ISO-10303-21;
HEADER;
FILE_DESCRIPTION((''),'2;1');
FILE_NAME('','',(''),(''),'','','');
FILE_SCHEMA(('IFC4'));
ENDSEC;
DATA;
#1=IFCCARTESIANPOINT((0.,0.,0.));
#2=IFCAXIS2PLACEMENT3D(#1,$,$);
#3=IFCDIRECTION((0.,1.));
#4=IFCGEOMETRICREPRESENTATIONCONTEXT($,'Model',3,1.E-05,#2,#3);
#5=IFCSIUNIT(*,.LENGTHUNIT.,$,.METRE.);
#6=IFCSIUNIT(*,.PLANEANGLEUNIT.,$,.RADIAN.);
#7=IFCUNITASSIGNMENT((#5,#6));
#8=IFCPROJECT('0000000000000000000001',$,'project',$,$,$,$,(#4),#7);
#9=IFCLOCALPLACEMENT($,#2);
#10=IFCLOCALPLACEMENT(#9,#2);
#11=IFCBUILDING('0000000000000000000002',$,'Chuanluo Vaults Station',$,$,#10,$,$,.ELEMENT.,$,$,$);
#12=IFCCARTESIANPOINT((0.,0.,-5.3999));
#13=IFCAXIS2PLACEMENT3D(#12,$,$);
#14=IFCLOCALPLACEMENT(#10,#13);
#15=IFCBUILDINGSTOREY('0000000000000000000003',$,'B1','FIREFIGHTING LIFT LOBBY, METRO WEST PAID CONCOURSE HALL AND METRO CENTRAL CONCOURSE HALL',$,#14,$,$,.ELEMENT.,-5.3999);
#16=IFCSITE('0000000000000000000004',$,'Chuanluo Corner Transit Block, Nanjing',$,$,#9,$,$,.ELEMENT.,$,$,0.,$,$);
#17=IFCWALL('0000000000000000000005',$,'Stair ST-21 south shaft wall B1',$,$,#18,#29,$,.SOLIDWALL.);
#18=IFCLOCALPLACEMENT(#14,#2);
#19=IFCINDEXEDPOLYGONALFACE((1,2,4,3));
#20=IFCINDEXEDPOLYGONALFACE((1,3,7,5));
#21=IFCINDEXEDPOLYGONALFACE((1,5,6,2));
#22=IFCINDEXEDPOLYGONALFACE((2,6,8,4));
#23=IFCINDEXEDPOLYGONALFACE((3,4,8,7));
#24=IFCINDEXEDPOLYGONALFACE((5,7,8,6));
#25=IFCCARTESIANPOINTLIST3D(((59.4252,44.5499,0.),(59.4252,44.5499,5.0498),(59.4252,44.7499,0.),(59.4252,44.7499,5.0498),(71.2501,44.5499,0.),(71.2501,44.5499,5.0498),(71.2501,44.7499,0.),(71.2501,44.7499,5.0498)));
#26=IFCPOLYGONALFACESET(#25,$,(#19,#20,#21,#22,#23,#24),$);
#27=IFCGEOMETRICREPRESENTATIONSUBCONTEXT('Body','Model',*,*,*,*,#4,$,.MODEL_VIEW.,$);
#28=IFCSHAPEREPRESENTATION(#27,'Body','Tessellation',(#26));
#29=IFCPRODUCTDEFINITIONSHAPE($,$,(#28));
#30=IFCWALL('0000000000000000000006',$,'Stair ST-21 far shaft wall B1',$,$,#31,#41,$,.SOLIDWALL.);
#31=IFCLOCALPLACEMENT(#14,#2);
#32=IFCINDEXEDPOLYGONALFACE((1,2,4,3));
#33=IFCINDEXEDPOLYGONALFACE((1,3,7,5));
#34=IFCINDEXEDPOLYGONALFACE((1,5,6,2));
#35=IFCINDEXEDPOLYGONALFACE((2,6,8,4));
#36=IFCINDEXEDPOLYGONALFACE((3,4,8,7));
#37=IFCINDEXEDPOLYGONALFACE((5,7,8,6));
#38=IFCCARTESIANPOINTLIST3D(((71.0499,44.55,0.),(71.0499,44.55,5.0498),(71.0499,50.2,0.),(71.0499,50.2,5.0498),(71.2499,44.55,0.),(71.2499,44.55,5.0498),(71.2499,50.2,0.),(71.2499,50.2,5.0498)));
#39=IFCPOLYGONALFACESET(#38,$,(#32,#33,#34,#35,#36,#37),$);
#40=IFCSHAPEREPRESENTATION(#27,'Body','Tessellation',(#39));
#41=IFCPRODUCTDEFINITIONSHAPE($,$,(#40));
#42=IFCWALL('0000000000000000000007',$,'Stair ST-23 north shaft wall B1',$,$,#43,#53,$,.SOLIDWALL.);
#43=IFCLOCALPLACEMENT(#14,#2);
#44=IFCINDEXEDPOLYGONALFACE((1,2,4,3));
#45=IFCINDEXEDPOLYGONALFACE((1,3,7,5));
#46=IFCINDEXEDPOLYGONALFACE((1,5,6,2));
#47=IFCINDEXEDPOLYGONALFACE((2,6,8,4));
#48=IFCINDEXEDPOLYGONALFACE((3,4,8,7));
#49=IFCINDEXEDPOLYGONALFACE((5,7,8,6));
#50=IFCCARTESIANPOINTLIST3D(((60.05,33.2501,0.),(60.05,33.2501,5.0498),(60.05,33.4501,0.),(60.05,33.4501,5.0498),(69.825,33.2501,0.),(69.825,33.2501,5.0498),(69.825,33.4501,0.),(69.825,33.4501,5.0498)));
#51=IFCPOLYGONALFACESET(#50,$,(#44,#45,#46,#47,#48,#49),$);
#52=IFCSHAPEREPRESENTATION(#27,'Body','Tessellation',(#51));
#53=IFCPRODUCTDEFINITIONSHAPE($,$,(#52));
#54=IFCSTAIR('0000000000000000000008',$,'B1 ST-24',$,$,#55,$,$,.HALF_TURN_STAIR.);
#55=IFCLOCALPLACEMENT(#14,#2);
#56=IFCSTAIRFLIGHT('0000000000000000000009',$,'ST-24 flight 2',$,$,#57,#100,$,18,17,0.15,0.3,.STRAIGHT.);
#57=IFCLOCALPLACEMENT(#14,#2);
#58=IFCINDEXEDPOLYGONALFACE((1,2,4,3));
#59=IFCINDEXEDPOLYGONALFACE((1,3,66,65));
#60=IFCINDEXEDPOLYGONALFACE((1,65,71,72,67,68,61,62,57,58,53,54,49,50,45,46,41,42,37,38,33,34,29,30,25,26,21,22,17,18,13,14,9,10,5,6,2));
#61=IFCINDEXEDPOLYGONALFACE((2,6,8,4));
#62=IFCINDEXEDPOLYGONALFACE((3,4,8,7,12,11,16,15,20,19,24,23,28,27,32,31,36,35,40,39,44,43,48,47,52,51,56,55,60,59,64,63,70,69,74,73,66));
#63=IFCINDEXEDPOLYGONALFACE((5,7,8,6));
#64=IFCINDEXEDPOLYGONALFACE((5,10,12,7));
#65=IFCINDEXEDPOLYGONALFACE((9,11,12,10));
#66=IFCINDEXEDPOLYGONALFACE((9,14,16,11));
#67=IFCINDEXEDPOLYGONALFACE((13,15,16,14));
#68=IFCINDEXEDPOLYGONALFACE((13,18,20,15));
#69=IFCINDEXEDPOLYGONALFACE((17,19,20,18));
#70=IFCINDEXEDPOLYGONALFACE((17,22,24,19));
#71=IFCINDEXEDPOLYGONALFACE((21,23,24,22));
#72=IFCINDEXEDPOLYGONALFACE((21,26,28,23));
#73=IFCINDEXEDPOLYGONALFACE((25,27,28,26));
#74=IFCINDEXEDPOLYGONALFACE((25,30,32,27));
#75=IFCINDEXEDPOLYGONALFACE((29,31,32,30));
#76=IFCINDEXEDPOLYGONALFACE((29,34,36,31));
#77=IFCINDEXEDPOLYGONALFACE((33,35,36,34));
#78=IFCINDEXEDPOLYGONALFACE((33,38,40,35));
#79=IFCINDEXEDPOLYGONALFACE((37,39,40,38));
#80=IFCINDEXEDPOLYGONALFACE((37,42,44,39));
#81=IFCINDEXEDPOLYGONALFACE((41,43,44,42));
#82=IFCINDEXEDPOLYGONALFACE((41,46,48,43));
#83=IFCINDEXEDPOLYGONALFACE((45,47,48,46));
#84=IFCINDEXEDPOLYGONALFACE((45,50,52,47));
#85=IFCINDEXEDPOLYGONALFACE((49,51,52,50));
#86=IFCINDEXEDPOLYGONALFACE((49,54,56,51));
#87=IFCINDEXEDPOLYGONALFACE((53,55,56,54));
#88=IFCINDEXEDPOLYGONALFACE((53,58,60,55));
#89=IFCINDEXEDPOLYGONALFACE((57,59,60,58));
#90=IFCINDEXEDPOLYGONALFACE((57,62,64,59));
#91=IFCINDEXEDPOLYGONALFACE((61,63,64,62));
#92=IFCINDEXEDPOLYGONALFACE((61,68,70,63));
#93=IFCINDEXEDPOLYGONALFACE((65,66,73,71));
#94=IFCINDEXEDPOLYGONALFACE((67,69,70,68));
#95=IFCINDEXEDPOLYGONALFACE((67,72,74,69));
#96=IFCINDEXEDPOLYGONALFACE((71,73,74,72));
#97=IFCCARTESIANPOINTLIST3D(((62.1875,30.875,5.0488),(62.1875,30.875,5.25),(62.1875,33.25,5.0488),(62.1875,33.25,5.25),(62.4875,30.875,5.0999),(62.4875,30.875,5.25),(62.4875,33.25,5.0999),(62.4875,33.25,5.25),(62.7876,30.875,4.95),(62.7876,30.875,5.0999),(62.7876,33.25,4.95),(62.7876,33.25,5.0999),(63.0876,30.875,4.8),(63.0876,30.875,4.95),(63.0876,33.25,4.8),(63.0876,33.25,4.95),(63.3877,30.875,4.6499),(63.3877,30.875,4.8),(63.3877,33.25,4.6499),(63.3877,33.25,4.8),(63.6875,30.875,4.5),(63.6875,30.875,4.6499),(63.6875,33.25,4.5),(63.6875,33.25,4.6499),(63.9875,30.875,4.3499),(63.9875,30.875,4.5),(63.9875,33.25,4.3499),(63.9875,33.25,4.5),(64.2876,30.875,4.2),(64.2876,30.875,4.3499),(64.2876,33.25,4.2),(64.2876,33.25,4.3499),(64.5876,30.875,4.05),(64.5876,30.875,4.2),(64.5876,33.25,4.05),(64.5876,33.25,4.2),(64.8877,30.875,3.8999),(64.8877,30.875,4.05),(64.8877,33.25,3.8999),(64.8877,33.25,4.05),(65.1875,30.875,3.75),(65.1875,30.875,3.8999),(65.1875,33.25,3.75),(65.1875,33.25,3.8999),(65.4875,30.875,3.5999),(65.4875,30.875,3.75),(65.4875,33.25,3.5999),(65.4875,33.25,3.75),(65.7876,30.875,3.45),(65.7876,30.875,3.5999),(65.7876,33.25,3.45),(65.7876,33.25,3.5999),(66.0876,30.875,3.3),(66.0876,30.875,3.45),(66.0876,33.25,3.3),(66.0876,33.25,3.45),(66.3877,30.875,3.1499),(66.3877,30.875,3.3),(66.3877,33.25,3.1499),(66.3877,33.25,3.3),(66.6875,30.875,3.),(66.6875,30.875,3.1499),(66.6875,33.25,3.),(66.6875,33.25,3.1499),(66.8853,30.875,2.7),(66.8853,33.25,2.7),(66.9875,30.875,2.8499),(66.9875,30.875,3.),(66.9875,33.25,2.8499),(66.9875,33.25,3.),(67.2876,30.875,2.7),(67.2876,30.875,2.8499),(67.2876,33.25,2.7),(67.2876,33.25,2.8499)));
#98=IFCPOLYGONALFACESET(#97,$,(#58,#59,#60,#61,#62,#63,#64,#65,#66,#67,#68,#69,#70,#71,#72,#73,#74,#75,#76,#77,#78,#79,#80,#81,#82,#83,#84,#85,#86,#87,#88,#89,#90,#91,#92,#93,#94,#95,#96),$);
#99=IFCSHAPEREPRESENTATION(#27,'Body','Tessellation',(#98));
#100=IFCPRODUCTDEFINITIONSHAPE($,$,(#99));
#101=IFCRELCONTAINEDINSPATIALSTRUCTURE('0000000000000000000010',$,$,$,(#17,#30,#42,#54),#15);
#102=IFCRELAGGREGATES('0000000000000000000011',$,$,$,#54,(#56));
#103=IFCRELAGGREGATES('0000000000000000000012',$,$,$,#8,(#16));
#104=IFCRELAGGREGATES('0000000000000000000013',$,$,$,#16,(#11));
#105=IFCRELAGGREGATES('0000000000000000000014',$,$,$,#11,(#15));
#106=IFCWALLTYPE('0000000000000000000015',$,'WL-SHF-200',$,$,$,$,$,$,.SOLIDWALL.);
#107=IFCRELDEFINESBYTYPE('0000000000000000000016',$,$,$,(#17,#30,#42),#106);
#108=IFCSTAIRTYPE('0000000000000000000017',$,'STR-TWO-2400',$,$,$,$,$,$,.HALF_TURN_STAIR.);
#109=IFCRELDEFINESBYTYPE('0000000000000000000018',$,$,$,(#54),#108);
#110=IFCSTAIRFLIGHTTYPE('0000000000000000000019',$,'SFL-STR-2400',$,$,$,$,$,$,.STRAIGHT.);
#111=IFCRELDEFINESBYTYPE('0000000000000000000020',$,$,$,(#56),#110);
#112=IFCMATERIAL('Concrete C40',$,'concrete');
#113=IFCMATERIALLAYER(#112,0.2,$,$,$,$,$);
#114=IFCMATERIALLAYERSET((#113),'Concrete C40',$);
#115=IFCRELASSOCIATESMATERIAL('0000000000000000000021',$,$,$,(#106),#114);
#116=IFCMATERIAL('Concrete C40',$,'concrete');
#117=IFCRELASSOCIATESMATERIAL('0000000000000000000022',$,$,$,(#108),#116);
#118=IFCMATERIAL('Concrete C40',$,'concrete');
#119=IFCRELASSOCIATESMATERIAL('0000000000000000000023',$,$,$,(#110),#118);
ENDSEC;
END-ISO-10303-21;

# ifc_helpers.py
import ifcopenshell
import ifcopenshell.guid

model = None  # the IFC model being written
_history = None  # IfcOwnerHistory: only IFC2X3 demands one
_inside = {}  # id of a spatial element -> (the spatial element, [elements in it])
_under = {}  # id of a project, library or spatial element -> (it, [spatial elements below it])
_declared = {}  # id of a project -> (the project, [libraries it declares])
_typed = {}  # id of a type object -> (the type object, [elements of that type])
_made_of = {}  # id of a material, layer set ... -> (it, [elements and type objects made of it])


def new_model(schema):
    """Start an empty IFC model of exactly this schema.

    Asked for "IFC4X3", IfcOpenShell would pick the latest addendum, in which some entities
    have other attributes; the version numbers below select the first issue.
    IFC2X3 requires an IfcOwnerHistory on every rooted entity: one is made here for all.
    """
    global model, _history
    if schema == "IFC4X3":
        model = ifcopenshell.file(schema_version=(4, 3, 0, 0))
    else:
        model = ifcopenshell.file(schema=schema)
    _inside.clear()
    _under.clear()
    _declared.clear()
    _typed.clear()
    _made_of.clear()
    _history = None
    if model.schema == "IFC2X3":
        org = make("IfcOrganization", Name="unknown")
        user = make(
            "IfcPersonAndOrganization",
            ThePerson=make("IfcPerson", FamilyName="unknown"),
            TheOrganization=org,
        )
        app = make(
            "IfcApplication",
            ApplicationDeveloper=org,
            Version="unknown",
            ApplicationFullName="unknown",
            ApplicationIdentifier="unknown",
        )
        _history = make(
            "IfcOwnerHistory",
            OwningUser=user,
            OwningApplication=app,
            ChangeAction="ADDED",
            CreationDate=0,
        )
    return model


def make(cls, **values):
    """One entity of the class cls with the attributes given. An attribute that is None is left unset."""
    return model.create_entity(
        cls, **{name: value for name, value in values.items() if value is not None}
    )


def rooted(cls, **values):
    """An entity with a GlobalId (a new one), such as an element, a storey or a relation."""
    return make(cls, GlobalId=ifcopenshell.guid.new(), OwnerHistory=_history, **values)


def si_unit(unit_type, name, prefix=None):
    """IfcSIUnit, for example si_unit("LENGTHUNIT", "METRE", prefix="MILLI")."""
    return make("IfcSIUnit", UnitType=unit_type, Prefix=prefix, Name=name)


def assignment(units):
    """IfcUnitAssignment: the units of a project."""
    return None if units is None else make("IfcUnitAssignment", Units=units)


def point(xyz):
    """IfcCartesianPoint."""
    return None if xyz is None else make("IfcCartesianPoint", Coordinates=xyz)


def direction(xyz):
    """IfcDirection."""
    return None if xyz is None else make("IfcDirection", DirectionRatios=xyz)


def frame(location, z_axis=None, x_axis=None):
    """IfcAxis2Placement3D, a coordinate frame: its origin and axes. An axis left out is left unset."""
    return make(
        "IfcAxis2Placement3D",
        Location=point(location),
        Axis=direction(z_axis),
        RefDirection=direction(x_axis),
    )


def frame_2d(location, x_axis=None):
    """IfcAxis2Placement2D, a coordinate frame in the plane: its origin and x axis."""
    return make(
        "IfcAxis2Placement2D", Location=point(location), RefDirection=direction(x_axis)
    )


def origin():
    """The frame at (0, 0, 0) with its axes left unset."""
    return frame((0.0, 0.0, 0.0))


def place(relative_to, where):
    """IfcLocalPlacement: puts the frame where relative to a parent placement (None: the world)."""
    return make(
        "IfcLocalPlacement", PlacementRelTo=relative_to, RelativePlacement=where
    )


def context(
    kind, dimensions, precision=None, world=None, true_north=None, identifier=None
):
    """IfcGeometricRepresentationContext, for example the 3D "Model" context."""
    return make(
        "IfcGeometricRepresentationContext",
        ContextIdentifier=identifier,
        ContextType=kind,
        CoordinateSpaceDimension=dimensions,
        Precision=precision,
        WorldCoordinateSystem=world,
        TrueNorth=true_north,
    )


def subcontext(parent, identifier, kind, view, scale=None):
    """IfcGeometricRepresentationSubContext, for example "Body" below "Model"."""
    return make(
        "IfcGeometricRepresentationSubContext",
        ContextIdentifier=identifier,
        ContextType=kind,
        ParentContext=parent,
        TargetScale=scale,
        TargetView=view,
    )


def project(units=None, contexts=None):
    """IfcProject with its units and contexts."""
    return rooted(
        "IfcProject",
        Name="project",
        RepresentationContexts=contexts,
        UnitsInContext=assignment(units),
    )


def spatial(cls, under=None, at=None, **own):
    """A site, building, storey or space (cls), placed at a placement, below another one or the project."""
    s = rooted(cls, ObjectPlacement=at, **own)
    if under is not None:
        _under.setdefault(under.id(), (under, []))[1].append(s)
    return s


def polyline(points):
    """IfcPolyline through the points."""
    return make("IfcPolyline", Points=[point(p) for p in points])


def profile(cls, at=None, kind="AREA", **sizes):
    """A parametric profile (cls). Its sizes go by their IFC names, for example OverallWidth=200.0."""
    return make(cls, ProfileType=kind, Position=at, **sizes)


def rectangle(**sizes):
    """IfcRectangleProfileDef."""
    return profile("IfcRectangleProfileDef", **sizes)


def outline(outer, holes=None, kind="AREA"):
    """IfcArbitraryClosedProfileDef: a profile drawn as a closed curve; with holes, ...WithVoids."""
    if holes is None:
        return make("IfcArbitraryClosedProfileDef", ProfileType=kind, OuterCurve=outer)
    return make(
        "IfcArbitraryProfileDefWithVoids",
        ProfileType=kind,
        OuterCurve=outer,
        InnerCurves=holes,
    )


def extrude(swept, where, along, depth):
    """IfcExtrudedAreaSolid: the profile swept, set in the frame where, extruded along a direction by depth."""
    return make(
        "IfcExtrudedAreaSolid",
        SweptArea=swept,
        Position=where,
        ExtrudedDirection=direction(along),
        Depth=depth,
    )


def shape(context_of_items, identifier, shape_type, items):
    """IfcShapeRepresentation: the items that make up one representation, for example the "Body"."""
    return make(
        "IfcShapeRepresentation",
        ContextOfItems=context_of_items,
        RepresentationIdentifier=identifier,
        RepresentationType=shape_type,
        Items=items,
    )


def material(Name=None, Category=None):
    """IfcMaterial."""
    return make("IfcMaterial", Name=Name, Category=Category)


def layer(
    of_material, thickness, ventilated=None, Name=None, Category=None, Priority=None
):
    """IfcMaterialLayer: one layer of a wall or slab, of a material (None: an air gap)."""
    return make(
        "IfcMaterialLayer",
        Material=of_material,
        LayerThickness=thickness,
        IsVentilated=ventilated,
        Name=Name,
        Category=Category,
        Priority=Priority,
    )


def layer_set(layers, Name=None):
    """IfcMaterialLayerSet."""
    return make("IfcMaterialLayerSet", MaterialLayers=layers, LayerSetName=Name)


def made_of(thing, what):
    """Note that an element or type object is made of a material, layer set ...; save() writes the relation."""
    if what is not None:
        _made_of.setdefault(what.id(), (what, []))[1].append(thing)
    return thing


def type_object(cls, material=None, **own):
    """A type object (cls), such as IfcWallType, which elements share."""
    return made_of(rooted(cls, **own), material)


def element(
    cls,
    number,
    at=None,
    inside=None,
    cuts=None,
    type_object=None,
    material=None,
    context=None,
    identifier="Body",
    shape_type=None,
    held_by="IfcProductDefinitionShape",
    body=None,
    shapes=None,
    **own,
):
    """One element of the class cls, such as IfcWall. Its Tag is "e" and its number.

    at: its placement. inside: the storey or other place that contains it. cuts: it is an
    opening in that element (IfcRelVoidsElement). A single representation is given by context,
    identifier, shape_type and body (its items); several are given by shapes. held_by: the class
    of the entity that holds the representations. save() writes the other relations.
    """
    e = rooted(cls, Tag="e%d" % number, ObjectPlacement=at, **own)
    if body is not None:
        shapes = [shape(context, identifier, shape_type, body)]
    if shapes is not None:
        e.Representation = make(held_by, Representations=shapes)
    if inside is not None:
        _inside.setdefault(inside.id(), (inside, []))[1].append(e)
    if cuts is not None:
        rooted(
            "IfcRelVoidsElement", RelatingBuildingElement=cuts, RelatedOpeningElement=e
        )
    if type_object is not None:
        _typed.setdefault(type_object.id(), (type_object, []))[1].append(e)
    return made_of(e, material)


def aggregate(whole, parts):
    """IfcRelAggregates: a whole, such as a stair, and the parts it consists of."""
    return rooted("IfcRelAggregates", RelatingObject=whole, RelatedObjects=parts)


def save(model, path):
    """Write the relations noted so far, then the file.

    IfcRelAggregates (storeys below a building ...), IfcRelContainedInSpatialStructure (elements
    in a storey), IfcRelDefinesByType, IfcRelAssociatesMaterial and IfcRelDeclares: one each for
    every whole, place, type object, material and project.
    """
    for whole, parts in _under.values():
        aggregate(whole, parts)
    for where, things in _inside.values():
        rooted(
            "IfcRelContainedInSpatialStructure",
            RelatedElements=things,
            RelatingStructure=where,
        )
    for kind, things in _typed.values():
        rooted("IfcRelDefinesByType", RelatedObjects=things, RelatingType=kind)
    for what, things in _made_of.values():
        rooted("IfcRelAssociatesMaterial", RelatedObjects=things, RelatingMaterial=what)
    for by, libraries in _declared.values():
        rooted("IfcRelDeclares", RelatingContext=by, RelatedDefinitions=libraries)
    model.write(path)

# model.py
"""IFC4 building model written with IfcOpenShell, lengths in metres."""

from ifc_helpers import new_model, si_unit, direction, frame, frame_2d, origin, place, context, subcontext, project, spatial, polyline, rectangle, outline, extrude, material, layer, layer_set, type_object, element, aggregate, save


model = new_model("IFC4")

# Units and contexts
model_context = context("Model", 3, precision=1e-05, world=origin(), true_north=direction((0.0, 1.0)))
body_context = subcontext(model_context, "Body", "Model", "MODEL_VIEW")
ifc_project = project(units=[si_unit("LENGTHUNIT", "METRE"), si_unit("PLANEANGLEUNIT", "RADIAN")], contexts=[model_context])

# Site, building, storey
site_placement = place(None, origin())
site = spatial("IfcSite", under=ifc_project, at=site_placement, Name="Chuanluo Corner Transit Block, Nanjing", CompositionType="ELEMENT", RefElevation=0.0)
building_placement = place(site_placement, origin())
building = spatial("IfcBuilding", under=site, at=building_placement, Name="Chuanluo Vaults Station", CompositionType="ELEMENT")
storey_placement = place(building_placement, frame((0.0, 0.0, -5.3999)))
storey = spatial("IfcBuildingStorey", under=building, at=storey_placement, Name="B1", Description="FIREFIGHTING LIFT LOBBY, METRO WEST PAID CONCOURSE HALL AND METRO CENTRAL CONCOURSE HALL", CompositionType="ELEMENT", Elevation=-5.3999)

# Walls
ifc_material_1 = material(Name="Concrete C40", Category="concrete")
ifc_layer = layer(ifc_material_1, 0.2)
ifc_layer_set = layer_set([ifc_layer], Name="Concrete C40")
wall_type = type_object("IfcWallType", Name="WL-SHF-200", PredefinedType="SOLIDWALL", material=ifc_layer_set)
wall_1_placement = place(storey_placement, frame((59.425, 44.6499, 0.0), z_axis=(0.0, 0.0, 1.0), x_axis=(1.0, 0.0, 0.0)))
element("IfcWall", 1, at=wall_1_placement, inside=storey, type_object=wall_type, Name="Stair ST-21 south shaft wall B1", PredefinedType="SOLIDWALL", context=body_context, shape_type="SweptSolid", body=[
    extrude(rectangle(XDim=11.825, YDim=0.2, at=frame_2d((5.9126, 0.0))), origin(), (0.0, 0.0, 1.0), 5.0498),
])
wall_2_placement = place(storey_placement, frame((71.1499, 44.55, 0.0), z_axis=(0.0, 0.0, 1.0), x_axis=(0.0, 1.0, 0.0)))
element("IfcWall", 2, at=wall_2_placement, inside=storey, type_object=wall_type, Name="Stair ST-21 far shaft wall B1", PredefinedType="SOLIDWALL", context=body_context, shape_type="SweptSolid", body=[
    extrude(rectangle(XDim=5.6499, YDim=0.2, at=frame_2d((2.825, 0.0))), origin(), (0.0, 0.0, 1.0), 5.0498),
])
wall_3_placement = place(storey_placement, frame((69.825, 33.3501, 0.0), z_axis=(0.0, 0.0, 1.0), x_axis=(-1.0, 0.0, 0.0)))
element("IfcWall", 3, at=wall_3_placement, inside=storey, type_object=wall_type, Name="Stair ST-23 north shaft wall B1", PredefinedType="SOLIDWALL", context=body_context, shape_type="SweptSolid", body=[
    extrude(rectangle(XDim=9.7749, YDim=0.2, at=frame_2d((4.8875, 0.0))), origin(), (0.0, 0.0, 1.0), 5.0498),
])

# Stair, stair flight
ifc_material_2 = material(Name="Concrete C40", Category="concrete")
stair_type = type_object("IfcStairType", Name="STR-TWO-2400", PredefinedType="HALF_TURN_STAIR", material=ifc_material_2)
stair_placement = place(storey_placement, origin())
stair = element("IfcStair", 4, at=stair_placement, inside=storey, type_object=stair_type, Name="B1 ST-24", PredefinedType="HALF_TURN_STAIR")
ifc_material_3 = material(Name="Concrete C40", Category="concrete")
stair_flight_type = type_object("IfcStairFlightType", Name="SFL-STR-2400", PredefinedType="STRAIGHT", material=ifc_material_3)
stair_flight_placement = place(storey_placement, frame((67.2876, 32.0625, 2.7), z_axis=(0.0, 0.0, 1.0), x_axis=(-1.0, 0.0, 0.0)))
stair_flight = element("IfcStairFlight", 5, at=stair_flight_placement, type_object=stair_flight_type, Name="ST-24 flight 2", NumberOfRisers=18, NumberOfTreads=17, PredefinedType="STRAIGHT", RiserHeight=0.15, TreadLength=0.3, context=body_context, shape_type="SweptSolid", body=[
    extrude(outline(polyline([(0.0, 0.0), (0.0, 0.1499), (0.3, 0.1499), (0.3, 0.3), (0.6001, 0.3), (0.6001, 0.45), (0.8999, 0.45), (0.8999, 0.6001), (1.2, 0.6001), (1.2, 0.75), (1.5, 0.75), (1.5, 0.8999), (1.8, 0.8999), (1.8, 1.05), (2.1001, 1.05), (2.1001, 1.2), (2.3999, 1.2), (2.3999, 1.3501), (2.7, 1.3501), (2.7, 1.5), (3.0, 1.5), (3.0, 1.6499), (3.3, 1.6499), (3.3, 1.8), (3.6001, 1.8), (3.6001, 1.95), (3.8999, 1.95), (3.8999, 2.1001), (4.2, 2.1001), (4.2, 2.25), (4.5, 2.25), (4.5, 2.3999), (4.8, 2.3999), (4.8, 2.55), (5.1001, 2.55), (5.1001, 2.7), (5.1001, 2.3489), (0.4023, 0.0), (0.0, 0.0)])), frame((0.0, 1.1875, 0.0), z_axis=(0.0, -1.0, 0.0), x_axis=(1.0, 0.0, 0.0)), (0.0, 0.0, 1.0), 2.375),
])
aggregate(stair, [stair_flight])

save(model, "model.ifc")
